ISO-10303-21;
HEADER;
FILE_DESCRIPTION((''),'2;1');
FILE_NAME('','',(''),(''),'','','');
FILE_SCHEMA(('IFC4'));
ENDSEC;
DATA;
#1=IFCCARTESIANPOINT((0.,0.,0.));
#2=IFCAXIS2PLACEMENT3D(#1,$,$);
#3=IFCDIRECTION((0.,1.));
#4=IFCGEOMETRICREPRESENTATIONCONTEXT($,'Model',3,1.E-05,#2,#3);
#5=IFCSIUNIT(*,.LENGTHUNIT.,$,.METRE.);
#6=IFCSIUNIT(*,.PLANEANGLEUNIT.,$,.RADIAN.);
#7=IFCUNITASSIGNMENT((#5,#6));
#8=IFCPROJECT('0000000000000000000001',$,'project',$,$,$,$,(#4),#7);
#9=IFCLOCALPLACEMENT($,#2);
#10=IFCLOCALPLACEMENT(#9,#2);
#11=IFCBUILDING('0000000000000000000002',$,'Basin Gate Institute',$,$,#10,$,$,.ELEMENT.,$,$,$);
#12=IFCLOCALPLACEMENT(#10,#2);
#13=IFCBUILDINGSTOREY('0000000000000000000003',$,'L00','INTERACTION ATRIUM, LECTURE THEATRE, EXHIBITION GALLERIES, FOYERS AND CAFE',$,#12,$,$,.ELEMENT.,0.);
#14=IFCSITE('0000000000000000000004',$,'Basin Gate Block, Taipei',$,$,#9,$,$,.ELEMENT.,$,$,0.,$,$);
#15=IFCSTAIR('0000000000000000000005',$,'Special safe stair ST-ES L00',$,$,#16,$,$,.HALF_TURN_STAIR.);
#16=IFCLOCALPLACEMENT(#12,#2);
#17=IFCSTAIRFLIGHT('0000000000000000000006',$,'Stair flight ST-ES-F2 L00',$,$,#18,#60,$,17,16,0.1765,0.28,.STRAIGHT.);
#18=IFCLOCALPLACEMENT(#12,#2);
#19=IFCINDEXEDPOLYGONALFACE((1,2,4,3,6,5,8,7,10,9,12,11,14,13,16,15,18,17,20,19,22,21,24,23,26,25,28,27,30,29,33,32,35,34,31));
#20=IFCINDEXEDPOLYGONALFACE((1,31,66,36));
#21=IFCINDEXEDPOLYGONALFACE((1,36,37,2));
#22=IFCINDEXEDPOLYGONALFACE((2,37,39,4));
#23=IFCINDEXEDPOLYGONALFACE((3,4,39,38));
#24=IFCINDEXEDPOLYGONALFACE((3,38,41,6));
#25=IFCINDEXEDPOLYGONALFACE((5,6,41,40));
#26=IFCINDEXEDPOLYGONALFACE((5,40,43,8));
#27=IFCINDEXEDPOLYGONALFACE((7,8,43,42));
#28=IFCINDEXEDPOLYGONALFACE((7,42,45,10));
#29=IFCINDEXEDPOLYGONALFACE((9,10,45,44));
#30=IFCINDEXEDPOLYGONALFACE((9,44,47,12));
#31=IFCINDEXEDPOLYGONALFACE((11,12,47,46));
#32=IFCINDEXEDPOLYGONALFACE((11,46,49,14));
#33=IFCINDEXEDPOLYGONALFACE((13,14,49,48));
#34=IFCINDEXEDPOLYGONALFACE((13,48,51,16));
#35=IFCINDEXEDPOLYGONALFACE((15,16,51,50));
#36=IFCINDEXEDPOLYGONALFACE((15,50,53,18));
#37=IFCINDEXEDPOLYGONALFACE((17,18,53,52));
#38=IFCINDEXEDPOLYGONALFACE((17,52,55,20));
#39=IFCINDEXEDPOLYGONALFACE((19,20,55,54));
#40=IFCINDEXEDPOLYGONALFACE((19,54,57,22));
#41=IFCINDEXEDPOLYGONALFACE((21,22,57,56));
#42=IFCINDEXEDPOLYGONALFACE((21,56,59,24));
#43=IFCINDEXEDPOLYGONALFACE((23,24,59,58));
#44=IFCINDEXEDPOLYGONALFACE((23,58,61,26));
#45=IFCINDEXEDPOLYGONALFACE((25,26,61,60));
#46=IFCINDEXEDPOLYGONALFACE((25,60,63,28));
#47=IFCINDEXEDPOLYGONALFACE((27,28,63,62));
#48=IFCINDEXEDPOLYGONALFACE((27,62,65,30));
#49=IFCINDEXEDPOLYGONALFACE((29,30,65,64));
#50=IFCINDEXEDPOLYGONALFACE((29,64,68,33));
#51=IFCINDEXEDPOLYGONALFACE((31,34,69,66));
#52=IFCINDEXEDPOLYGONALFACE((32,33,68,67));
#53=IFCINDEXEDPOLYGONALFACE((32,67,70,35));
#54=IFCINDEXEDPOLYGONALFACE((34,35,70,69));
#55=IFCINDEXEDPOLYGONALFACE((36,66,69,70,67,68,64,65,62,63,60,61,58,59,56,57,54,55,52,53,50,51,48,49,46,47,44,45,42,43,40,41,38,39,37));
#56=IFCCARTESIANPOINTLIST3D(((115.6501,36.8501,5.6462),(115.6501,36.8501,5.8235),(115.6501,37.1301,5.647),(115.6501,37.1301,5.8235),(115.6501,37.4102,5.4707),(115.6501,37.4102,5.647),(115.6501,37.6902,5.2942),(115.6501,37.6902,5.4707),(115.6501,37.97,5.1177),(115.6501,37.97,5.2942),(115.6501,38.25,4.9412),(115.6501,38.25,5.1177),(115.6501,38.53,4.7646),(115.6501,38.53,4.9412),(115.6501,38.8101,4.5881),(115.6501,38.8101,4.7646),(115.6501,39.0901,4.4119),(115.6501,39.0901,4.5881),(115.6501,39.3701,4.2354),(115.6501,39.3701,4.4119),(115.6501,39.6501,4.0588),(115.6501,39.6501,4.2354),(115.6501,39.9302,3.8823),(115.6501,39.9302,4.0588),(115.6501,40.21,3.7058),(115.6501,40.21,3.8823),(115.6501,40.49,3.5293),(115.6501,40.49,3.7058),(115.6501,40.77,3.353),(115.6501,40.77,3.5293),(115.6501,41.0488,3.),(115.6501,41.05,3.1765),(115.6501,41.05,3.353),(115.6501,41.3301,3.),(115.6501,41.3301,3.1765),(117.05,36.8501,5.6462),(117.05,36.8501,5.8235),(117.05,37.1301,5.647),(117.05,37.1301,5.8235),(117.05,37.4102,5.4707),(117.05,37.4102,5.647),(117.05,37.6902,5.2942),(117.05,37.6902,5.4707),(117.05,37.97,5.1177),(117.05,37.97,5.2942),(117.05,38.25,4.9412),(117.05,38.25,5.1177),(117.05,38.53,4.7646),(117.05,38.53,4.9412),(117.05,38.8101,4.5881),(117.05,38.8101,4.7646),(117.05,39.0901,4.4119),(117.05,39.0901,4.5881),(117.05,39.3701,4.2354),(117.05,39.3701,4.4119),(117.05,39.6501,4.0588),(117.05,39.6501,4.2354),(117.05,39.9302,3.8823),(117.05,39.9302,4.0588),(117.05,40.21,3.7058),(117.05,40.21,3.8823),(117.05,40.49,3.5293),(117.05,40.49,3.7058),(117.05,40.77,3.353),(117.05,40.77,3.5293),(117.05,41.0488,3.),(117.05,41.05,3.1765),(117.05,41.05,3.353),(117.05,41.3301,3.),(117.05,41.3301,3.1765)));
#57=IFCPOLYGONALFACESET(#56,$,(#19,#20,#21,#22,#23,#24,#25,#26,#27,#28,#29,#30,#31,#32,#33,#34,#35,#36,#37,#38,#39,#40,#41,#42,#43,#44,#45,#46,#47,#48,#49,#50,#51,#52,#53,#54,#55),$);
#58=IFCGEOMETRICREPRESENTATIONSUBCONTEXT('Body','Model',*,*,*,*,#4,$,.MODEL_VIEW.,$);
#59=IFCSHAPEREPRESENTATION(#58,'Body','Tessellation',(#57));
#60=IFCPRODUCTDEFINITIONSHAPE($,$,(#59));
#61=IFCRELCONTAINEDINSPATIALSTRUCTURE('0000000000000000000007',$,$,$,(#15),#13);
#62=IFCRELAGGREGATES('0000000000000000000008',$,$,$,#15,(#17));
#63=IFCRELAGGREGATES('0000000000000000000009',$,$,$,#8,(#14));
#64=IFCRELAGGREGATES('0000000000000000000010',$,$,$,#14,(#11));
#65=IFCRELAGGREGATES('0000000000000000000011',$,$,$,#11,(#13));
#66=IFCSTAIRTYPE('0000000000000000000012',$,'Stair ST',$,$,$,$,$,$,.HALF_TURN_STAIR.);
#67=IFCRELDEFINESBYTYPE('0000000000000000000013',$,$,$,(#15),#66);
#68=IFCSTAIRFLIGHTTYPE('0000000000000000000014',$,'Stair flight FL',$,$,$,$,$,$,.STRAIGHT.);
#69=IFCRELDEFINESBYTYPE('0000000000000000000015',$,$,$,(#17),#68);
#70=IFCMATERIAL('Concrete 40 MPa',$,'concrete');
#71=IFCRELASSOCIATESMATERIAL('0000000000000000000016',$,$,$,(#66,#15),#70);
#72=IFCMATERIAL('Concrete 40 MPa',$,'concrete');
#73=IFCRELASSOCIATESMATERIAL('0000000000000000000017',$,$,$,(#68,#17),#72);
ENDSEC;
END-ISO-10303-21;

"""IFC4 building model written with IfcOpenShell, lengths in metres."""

from ifc_helpers import new_model, si_unit, direction, frame, origin, place, context, subcontext, project, spatial, polyline, outline, extrude, material, type_object, element, aggregate, save


model = new_model("IFC4")

# Units and contexts
model_context = context("Model", 3, precision=1e-05, world=origin(), true_north=direction((0.0, 1.0)))
body_context = subcontext(model_context, "Body", "Model", "MODEL_VIEW")
ifc_project = project(units=[si_unit("LENGTHUNIT", "METRE"), si_unit("PLANEANGLEUNIT", "RADIAN")], contexts=[model_context])

# Site, building, storey
site_placement = place(None, origin())
site = spatial("IfcSite", under=ifc_project, at=site_placement, Name="Basin Gate Block, Taipei", CompositionType="ELEMENT", RefElevation=0.0)
building_placement = place(site_placement, origin())
building = spatial("IfcBuilding", under=site, at=building_placement, Name="Basin Gate Institute", CompositionType="ELEMENT")
storey_placement = place(building_placement, origin())
storey = spatial("IfcBuildingStorey", under=building, at=storey_placement, Name="L00", Description="INTERACTION ATRIUM, LECTURE THEATRE, EXHIBITION GALLERIES, FOYERS AND CAFE", CompositionType="ELEMENT", Elevation=0.0)

# Stair, stair flight
ifc_material_1 = material(Name="Concrete 40 MPa", Category="concrete")
stair_type = type_object("IfcStairType", Name="Stair ST", PredefinedType="HALF_TURN_STAIR", material=ifc_material_1)
stair_placement = place(storey_placement, origin())
stair = element("IfcStair", 1, at=stair_placement, inside=storey, type_object=stair_type, material=ifc_material_1, Name="Special safe stair ST-ES L00", PredefinedType="HALF_TURN_STAIR")
ifc_material_2 = material(Name="Concrete 40 MPa", Category="concrete")
stair_flight_type = type_object("IfcStairFlightType", Name="Stair flight FL", PredefinedType="STRAIGHT", material=ifc_material_2)
stair_flight_1_placement = place(storey_placement, frame((116.3501, 41.3301, 3.0), z_axis=(0.0, 0.0, 1.0), x_axis=(0.0, -1.0, 0.0)))
stair_flight_1 = element("IfcStairFlight", 2, at=stair_flight_1_placement, type_object=stair_flight_type, material=ifc_material_2, Name="Stair flight ST-ES-F2 L00", NumberOfRisers=17, NumberOfTreads=16, PredefinedType="STRAIGHT", RiserHeight=0.1765, TreadLength=0.28, context=body_context, shape_type="SweptSolid", body=[
    extrude(outline(polyline([(0.0, 0.0), (0.0, 0.1765), (0.28, 0.1765), (0.28, 0.353), (0.5601, 0.353), (0.5601, 0.5293), (0.8401, 0.5293), (0.8401, 0.7058), (1.1201, 0.7058), (1.1201, 0.8823), (1.3999, 0.8823), (1.3999, 1.0588), (1.6799, 1.0588), (1.6799, 1.2354), (1.96, 1.2354), (1.96, 1.4119), (2.24, 1.4119), (2.24, 1.5881), (2.52, 1.5881), (2.52, 1.7646), (2.8, 1.7646), (2.8, 1.9412), (3.0801, 1.9412), (3.0801, 2.1177), (3.3601, 2.1177), (3.3601, 2.2942), (3.6399, 2.2942), (3.6399, 2.4707), (3.9199, 2.4707), (3.9199, 2.647), (4.2, 2.647), (4.2, 2.8235), (4.48, 2.8235), (4.48, 3.0), (4.48, 2.6462), (0.2812, 0.0), (0.0, 0.0)])), frame((0.0, 0.7, 0.0), z_axis=(0.0, -1.0, 0.0), x_axis=(1.0, 0.0, 0.0)), (0.0, 0.0, 1.0), 1.3999),
])
aggregate(stair, [stair_flight_1])

save(model, "model.ifc")
